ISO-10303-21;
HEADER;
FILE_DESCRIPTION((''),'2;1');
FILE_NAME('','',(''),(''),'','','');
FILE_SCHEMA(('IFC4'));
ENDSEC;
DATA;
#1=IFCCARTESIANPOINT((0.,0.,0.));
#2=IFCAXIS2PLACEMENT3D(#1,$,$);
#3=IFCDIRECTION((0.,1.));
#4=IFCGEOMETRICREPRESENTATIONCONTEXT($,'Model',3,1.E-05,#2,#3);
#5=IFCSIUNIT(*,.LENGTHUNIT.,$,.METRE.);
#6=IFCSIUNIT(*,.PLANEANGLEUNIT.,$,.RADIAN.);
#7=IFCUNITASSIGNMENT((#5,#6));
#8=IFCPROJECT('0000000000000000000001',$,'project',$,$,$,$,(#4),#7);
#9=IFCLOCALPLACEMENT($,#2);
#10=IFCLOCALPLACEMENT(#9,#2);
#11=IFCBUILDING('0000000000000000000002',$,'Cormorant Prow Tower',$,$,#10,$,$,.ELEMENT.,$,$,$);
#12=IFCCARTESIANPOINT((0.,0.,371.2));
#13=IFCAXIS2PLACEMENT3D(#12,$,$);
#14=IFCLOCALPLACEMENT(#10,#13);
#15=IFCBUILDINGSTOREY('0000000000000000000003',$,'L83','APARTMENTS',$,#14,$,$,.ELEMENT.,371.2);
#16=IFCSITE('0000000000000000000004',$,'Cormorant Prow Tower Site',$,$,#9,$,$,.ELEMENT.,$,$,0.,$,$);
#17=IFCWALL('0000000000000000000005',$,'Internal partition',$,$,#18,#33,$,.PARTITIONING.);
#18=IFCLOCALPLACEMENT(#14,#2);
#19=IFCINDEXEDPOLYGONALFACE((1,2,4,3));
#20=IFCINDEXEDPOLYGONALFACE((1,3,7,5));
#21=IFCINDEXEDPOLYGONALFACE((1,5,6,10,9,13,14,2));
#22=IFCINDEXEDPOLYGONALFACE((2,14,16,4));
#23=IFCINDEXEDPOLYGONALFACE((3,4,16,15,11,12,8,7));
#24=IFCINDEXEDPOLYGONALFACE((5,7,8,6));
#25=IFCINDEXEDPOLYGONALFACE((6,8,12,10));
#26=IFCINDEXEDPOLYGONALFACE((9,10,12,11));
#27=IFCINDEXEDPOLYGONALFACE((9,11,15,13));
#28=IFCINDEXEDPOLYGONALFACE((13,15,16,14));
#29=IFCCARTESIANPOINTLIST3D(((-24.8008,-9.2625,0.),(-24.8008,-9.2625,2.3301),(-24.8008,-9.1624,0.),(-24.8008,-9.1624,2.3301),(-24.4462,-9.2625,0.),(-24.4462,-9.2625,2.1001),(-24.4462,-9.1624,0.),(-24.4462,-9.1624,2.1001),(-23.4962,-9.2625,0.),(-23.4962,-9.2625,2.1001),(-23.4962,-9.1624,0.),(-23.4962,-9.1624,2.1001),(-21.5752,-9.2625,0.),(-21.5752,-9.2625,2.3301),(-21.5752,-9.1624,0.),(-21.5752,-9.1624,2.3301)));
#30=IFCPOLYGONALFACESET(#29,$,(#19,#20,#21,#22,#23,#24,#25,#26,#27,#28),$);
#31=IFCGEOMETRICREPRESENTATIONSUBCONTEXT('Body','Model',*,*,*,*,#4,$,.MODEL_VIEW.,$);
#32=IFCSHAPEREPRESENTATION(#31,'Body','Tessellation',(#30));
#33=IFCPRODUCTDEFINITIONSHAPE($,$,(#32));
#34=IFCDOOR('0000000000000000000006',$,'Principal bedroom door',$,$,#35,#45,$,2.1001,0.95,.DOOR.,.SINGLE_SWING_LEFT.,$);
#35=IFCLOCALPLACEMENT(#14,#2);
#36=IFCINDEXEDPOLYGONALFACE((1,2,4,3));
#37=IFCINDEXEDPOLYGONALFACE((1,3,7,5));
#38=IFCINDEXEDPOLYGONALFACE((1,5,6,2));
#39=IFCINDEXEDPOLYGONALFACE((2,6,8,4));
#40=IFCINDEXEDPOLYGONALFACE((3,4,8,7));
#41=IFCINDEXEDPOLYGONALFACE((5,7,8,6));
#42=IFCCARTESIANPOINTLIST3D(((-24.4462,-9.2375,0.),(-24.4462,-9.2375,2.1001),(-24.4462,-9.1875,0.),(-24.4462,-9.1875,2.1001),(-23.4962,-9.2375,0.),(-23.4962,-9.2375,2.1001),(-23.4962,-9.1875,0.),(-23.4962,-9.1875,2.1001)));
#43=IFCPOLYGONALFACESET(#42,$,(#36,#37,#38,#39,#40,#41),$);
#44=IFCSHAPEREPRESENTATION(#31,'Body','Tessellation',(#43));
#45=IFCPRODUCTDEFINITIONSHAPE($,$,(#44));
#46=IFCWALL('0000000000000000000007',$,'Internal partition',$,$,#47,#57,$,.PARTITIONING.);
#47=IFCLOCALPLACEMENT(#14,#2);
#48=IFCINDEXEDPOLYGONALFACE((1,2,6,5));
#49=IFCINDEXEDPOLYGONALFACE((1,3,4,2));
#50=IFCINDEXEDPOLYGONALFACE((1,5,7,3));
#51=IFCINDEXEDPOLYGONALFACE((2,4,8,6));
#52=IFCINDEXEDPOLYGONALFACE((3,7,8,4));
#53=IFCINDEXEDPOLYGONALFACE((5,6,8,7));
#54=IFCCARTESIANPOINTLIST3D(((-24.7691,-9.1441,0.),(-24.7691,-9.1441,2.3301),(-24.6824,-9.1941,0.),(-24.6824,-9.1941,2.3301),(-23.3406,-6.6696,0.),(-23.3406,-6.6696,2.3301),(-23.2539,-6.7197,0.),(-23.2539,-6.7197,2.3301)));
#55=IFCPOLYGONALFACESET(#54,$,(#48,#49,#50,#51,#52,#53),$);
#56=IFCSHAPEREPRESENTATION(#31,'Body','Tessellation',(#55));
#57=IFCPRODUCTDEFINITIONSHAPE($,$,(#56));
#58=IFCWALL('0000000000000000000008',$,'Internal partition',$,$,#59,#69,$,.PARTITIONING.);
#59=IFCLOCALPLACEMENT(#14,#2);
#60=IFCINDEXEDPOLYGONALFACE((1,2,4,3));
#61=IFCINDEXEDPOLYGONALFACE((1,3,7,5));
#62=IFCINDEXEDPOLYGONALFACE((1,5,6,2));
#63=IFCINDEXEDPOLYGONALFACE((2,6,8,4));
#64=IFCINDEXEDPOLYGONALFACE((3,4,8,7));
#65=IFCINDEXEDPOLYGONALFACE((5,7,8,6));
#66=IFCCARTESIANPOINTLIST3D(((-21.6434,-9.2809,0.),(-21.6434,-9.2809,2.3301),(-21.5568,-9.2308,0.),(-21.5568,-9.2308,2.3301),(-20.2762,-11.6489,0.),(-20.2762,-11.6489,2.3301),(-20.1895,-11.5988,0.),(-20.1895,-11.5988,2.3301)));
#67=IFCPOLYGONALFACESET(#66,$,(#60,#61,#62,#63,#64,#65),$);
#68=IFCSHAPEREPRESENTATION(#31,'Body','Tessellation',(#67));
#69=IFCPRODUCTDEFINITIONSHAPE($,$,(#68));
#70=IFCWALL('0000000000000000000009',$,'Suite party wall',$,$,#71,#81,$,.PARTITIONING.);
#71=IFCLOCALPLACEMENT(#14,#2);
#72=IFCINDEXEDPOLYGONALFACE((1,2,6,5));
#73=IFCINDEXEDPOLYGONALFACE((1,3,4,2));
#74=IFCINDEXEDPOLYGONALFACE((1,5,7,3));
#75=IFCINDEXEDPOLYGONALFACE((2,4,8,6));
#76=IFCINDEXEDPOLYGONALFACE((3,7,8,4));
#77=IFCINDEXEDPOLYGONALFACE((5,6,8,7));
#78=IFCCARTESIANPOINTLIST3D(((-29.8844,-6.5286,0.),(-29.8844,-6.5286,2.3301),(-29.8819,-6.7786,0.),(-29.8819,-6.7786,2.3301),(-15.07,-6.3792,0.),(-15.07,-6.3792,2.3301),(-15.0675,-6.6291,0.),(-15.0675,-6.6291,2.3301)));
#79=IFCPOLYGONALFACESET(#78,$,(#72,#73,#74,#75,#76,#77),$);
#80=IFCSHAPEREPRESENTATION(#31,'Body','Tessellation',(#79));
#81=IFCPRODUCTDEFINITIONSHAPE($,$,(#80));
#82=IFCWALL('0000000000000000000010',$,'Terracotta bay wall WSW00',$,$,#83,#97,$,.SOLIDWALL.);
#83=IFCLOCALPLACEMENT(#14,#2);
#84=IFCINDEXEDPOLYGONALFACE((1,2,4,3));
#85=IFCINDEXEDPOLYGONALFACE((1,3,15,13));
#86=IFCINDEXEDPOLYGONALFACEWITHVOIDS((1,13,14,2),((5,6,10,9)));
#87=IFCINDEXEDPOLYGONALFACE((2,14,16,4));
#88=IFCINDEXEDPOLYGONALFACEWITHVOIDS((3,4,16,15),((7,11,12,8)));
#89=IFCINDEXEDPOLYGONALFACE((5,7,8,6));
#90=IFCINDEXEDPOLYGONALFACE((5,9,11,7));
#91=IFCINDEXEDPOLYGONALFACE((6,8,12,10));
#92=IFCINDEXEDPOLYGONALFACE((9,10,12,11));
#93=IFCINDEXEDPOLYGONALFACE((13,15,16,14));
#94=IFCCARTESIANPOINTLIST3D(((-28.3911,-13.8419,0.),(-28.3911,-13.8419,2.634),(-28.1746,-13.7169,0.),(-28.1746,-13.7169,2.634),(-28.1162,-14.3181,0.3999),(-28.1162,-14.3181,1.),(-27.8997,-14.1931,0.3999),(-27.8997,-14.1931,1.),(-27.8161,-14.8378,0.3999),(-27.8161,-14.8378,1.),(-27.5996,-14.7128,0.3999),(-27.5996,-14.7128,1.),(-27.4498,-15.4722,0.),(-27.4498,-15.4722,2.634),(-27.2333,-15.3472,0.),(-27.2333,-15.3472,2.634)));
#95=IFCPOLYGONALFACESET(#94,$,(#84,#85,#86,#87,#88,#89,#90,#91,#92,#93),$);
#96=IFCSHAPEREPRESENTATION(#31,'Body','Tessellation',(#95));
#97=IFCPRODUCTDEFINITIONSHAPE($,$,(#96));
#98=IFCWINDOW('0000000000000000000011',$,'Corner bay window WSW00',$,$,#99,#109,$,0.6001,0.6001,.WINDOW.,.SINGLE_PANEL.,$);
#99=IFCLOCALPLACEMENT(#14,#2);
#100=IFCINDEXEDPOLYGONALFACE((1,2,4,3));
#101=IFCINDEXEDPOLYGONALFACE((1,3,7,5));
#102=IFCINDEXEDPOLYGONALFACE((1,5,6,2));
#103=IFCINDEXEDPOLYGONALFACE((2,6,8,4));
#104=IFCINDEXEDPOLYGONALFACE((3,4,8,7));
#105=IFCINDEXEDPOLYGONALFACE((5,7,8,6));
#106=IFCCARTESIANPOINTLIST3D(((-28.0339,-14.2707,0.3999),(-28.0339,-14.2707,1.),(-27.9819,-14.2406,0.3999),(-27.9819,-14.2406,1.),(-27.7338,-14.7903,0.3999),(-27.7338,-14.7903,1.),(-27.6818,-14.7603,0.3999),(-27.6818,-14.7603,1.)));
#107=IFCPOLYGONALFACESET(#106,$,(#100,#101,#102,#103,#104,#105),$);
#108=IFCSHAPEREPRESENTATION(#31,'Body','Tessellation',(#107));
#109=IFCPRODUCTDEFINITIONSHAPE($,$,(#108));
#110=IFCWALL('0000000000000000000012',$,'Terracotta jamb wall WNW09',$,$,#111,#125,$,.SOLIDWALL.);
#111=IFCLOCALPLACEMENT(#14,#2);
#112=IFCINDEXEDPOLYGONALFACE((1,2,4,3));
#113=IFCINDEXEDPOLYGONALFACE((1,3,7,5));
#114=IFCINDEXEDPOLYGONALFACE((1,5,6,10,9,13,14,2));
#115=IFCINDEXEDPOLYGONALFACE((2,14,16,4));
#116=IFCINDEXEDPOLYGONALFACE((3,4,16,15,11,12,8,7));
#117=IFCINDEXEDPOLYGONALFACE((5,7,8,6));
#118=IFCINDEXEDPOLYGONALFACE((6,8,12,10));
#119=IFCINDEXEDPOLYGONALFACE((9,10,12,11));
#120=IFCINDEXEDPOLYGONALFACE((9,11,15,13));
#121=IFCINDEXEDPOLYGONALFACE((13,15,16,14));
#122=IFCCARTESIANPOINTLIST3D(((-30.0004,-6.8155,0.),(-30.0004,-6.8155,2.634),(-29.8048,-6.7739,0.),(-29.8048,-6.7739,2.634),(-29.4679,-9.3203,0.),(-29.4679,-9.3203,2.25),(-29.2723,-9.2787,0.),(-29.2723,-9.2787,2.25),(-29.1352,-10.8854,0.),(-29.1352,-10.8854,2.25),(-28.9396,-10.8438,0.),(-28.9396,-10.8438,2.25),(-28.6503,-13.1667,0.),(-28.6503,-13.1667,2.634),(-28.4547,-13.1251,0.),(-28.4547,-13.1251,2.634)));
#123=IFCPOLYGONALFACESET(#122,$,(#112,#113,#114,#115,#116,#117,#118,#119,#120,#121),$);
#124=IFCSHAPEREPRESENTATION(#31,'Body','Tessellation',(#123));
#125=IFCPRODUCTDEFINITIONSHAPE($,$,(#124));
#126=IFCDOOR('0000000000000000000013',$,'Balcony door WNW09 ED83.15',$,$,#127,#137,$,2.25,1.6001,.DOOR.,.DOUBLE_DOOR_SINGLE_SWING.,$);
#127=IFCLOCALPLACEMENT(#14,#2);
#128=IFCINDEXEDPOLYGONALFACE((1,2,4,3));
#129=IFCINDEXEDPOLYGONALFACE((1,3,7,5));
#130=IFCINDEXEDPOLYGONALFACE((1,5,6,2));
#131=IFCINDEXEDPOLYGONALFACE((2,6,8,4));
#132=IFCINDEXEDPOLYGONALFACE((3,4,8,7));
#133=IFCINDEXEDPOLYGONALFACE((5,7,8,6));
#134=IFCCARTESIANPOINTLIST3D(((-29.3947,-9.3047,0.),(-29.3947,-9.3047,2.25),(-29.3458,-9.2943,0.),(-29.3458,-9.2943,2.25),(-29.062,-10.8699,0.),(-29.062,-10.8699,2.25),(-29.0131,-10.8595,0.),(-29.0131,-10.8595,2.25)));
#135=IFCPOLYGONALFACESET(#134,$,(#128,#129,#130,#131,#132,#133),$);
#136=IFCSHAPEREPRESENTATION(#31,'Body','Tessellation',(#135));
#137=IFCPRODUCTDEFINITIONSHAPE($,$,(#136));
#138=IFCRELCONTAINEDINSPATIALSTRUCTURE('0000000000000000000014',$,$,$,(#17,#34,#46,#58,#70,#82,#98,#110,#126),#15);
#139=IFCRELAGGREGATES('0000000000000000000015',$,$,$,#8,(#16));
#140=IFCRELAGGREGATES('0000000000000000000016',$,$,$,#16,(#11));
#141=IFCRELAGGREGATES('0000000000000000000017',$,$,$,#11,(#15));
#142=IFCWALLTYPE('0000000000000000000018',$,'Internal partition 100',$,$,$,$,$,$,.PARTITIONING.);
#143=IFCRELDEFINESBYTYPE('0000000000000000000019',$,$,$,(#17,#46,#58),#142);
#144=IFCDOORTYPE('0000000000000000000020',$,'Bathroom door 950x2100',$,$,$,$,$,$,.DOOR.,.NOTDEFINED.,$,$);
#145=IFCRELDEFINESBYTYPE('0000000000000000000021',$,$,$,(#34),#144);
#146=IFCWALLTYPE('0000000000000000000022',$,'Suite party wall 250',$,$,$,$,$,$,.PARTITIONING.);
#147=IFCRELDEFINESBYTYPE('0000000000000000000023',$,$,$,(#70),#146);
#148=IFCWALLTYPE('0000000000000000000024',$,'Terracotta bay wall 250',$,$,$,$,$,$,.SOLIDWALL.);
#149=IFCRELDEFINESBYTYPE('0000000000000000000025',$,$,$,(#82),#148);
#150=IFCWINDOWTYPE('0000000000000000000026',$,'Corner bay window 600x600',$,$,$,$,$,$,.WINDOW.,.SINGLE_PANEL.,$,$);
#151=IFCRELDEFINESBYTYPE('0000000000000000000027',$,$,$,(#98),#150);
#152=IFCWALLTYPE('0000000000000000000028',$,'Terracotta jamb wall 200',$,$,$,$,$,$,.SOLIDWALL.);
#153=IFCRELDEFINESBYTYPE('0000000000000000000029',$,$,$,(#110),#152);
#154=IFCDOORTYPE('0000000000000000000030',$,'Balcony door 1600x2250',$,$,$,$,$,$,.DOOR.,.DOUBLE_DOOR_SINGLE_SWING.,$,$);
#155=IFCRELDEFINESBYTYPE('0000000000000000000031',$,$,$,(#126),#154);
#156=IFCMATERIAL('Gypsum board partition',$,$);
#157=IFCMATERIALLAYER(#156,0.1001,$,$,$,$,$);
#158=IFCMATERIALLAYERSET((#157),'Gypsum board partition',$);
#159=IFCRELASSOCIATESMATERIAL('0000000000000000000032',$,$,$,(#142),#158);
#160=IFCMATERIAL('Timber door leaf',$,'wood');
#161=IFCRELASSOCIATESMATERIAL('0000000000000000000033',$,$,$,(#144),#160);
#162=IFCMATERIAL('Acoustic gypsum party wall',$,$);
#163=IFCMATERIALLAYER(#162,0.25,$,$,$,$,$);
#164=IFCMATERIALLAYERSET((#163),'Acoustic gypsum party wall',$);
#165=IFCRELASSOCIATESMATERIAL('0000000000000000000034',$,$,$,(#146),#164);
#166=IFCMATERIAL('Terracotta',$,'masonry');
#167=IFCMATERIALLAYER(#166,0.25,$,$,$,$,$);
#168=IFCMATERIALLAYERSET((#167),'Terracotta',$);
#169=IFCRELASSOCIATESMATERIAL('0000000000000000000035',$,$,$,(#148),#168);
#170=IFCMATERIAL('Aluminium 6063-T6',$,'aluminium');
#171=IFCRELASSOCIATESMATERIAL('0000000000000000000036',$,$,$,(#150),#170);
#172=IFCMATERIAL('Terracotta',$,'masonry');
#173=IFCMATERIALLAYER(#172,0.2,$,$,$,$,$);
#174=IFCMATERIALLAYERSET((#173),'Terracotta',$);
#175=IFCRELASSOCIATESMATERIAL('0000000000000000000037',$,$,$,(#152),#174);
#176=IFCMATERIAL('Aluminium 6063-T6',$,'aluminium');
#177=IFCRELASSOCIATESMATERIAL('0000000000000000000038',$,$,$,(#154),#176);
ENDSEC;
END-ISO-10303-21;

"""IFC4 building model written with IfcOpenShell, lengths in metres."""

from ifc_helpers import new_model, si_unit, direction, frame, frame_2d, origin, place, context, subcontext, project, spatial, rectangle, extrude, material, layer, layer_set, type_object, element, fill, save


model = new_model("IFC4")

# Units and contexts
model_context = context("Model", 3, precision=1e-05, world=origin(), true_north=direction((0.0, 1.0)))
body_context = subcontext(model_context, "Body", "Model", "MODEL_VIEW")
ifc_project = project(units=[si_unit("LENGTHUNIT", "METRE"), si_unit("PLANEANGLEUNIT", "RADIAN")], contexts=[model_context])

# Site, building, storey
site_placement = place(None, origin())
site = spatial("IfcSite", under=ifc_project, at=site_placement, Name="Cormorant Prow Tower Site", CompositionType="ELEMENT", RefElevation=0.0)
building_placement = place(site_placement, origin())
building = spatial("IfcBuilding", under=site, at=building_placement, Name="Cormorant Prow Tower", CompositionType="ELEMENT")
storey_placement = place(building_placement, frame((0.0, 0.0, 371.2)))
storey = spatial("IfcBuildingStorey", under=building, at=storey_placement, Name="L83", Description="APARTMENTS", CompositionType="ELEMENT", Elevation=371.2)

# Wall, opening, door
ifc_material_1 = material(Name="Gypsum board partition")
ifc_layer_1 = layer(ifc_material_1, 0.1001)
ifc_layer_set_1 = layer_set([ifc_layer_1], Name="Gypsum board partition")
wall_type_1 = type_object("IfcWallType", Name="Internal partition 100", PredefinedType="PARTITIONING", material=ifc_layer_set_1)
ifc_material_2 = material(Name="Timber door leaf", Category="wood")
door_type_1 = type_object("IfcDoorType", Name="Bathroom door 950x2100", OperationType="NOTDEFINED", PredefinedType="DOOR", material=ifc_material_2)
wall_1_placement = place(storey_placement, frame((-24.8008, -9.2124, 0.0), z_axis=(0.0, 0.0, 1.0), x_axis=(1.0, 0.0, 0.0)))
wall_1 = element("IfcWall", 1, at=wall_1_placement, inside=storey, type_object=wall_type_1, Name="Internal partition", PredefinedType="PARTITIONING", context=body_context, shape_type="SweptSolid", body=[
    extrude(rectangle(XDim=3.2256, YDim=0.1001, at=frame_2d((1.6128, 0.0))), origin(), (0.0, 0.0, 1.0), 2.3301),
])
opening_1_placement = place(wall_1_placement, frame((0.3545, 0.0, 0.0)))
opening_1 = element("IfcOpeningElement", 2, at=opening_1_placement, cuts=wall_1, PredefinedType="OPENING", context=body_context, shape_type="SweptSolid", body=[
    extrude(rectangle(XDim=0.95, YDim=2.1001, at=frame_2d((0.4751, 1.05))), frame((0.0, 0.0601, 0.0), z_axis=(0.0, -1.0, 0.0), x_axis=(1.0, 0.0, 0.0)), (0.0, 0.0, 1.0), 0.1201),
])
door_1_placement = place(opening_1_placement, origin())
door_1 = element("IfcDoor", 3, at=door_1_placement, inside=storey, type_object=door_type_1, Name="Principal bedroom door", OperationType="SINGLE_SWING_LEFT", OverallHeight=2.1001, OverallWidth=0.95, PredefinedType="DOOR", context=body_context, shape_type="SweptSolid", body=[
    extrude(rectangle(XDim=0.95, YDim=2.1001, at=frame_2d((0.4751, 1.05))), frame((0.0, 0.0249, 0.0), z_axis=(0.0, -1.0, 0.0), x_axis=(1.0, 0.0, 0.0)), (0.0, 0.0, 1.0), 0.05),
])
fill(opening_1, door_1)

# Walls
wall_2_placement = place(storey_placement, frame((-24.7258, -9.1692, 0.0), z_axis=(0.0, 0.0, 1.0), x_axis=(0.499971, 0.866042, 0.0)))
element("IfcWall", 4, at=wall_2_placement, inside=storey, type_object=wall_type_1, Name="Internal partition", PredefinedType="PARTITIONING", context=body_context, shape_type="SweptSolid", body=[
    extrude(rectangle(XDim=2.8572, YDim=0.1001, at=frame_2d((1.4287, 0.0))), origin(), (0.0, 0.0, 1.0), 2.3301),
])
wall_3_placement = place(storey_placement, frame((-21.6001, -9.2559, 0.0), z_axis=(0.0, 0.0, 1.0), x_axis=(0.500019, -0.866015, 0.0)))
element("IfcWall", 5, at=wall_3_placement, inside=storey, type_object=wall_type_1, Name="Internal partition", PredefinedType="PARTITIONING", context=body_context, shape_type="SweptSolid", body=[
    extrude(rectangle(XDim=2.7344, YDim=0.1001, at=frame_2d((1.3672, 0.0))), origin(), (0.0, 0.0, 1.0), 2.3301),
])
ifc_material_3 = material(Name="Acoustic gypsum party wall")
ifc_layer_2 = layer(ifc_material_3, 0.25)
ifc_layer_set_2 = layer_set([ifc_layer_2], Name="Acoustic gypsum party wall")
wall_type_2 = type_object("IfcWallType", Name="Suite party wall 250", PredefinedType="PARTITIONING", material=ifc_layer_set_2)
wall_4_placement = place(storey_placement, frame((-29.8833, -6.6536, 0.0), z_axis=(0.0, 0.0, 1.0), x_axis=(0.999949, 0.010085, 0.0)))
element("IfcWall", 6, at=wall_4_placement, inside=storey, type_object=wall_type_2, Name="Suite party wall", PredefinedType="PARTITIONING", context=body_context, shape_type="SweptSolid", body=[
    extrude(rectangle(XDim=14.8152, YDim=0.25, at=frame_2d((7.4077, 0.0))), origin(), (0.0, 0.0, 1.0), 2.3301),
])

# Wall, opening, window
ifc_material_4 = material(Name="Terracotta", Category="masonry")
ifc_layer_3 = layer(ifc_material_4, 0.25)
ifc_layer_set_3 = layer_set([ifc_layer_3], Name="Terracotta")
wall_type_3 = type_object("IfcWallType", Name="Terracotta bay wall 250", PredefinedType="SOLIDWALL", material=ifc_layer_set_3)
wall_5_placement = place(storey_placement, frame((-28.283, -13.7793, 0.0), z_axis=(0.0, 0.0, 1.0), x_axis=(0.500044, -0.866, 0.0)))
wall_5 = element("IfcWall", 7, at=wall_5_placement, inside=storey, type_object=wall_type_3, Name="Terracotta bay wall WSW00", PredefinedType="SOLIDWALL", context=body_context, shape_type="SweptSolid", body=[
    extrude(rectangle(XDim=1.8826, YDim=0.25, at=frame_2d((0.9414, 0.0))), origin(), (0.0, 0.0, 1.0), 2.634),
])
opening_2_placement = place(wall_5_placement, frame((0.55, 0.0, 0.3999)))
opening_2 = element("IfcOpeningElement", 8, at=opening_2_placement, cuts=wall_5, PredefinedType="OPENING", context=body_context, shape_type="SweptSolid", body=[
    extrude(rectangle(XDim=0.6001, YDim=0.6001, at=frame_2d((0.3, 0.3))), frame((0.0, 0.135, 0.0), z_axis=(0.0, -1.0, 0.0), x_axis=(1.0, 0.0, 0.0)), (0.0, 0.0, 1.0), 0.27),
])
ifc_material_5 = material(Name="Aluminium 6063-T6", Category="aluminium")
window_type = type_object("IfcWindowType", Name="Corner bay window 600x600", PartitioningType="SINGLE_PANEL", PredefinedType="WINDOW", material=ifc_material_5)
window_placement = place(opening_2_placement, origin())
window = element("IfcWindow", 9, at=window_placement, inside=storey, type_object=window_type, Name="Corner bay window WSW00", OverallHeight=0.6001, OverallWidth=0.6001, PartitioningType="SINGLE_PANEL", PredefinedType="WINDOW", context=body_context, shape_type="SweptSolid", body=[
    extrude(rectangle(XDim=0.6001, YDim=0.6001, at=frame_2d((0.3, 0.3))), frame((0.0, 0.03, 0.0), z_axis=(0.0, -1.0, 0.0), x_axis=(1.0, 0.0, 0.0)), (0.0, 0.0, 1.0), 0.0601),
])
fill(opening_2, window)

# Wall, opening, door
ifc_material_6 = material(Name="Terracotta", Category="masonry")
ifc_layer_4 = layer(ifc_material_6, 0.2)
ifc_layer_set_4 = layer_set([ifc_layer_4], Name="Terracotta")
wall_type_4 = type_object("IfcWallType", Name="Terracotta jamb wall 200", PredefinedType="SOLIDWALL", material=ifc_layer_set_4)
wall_6_placement = place(storey_placement, frame((-29.9026, -6.7947, 0.0), z_axis=(0.0, 0.0, 1.0), x_axis=(0.207924, -0.978145, 0.0)))
wall_6 = element("IfcWall", 10, at=wall_6_placement, inside=storey, type_object=wall_type_4, Name="Terracotta jamb wall WNW09", PredefinedType="SOLIDWALL", context=body_context, shape_type="SweptSolid", body=[
    extrude(rectangle(XDim=6.4932, YDim=0.2, at=frame_2d((3.2466, 0.0))), origin(), (0.0, 0.0, 1.0), 2.634),
])
opening_3_placement = place(wall_6_placement, frame((2.5608, 0.0, 0.0)))
opening_3 = element("IfcOpeningElement", 11, at=opening_3_placement, cuts=wall_6, PredefinedType="OPENING", context=body_context, shape_type="SweptSolid", body=[
    extrude(rectangle(XDim=1.6001, YDim=2.25, at=frame_2d((0.8, 1.125))), frame((0.0, 0.1099, 0.0), z_axis=(0.0, -1.0, 0.0), x_axis=(1.0, 0.0, 0.0)), (0.0, 0.0, 1.0), 0.22),
])
ifc_material_7 = material(Name="Aluminium 6063-T6", Category="aluminium")
door_type_2 = type_object("IfcDoorType", Name="Balcony door 1600x2250", OperationType="DOUBLE_DOOR_SINGLE_SWING", PredefinedType="DOOR", material=ifc_material_7)
door_2_placement = place(opening_3_placement, origin())
door_2 = element("IfcDoor", 12, at=door_2_placement, inside=storey, type_object=door_type_2, Name="Balcony door WNW09 ED83.15", OperationType="DOUBLE_DOOR_SINGLE_SWING", OverallHeight=2.25, OverallWidth=1.6001, PredefinedType="DOOR", context=body_context, shape_type="SweptSolid", body=[
    extrude(rectangle(XDim=1.6001, YDim=2.25, at=frame_2d((0.8, 1.125))), frame((0.0, 0.0249, 0.0), z_axis=(0.0, -1.0, 0.0), x_axis=(1.0, 0.0, 0.0)), (0.0, 0.0, 1.0), 0.05),
])
fill(opening_3, door_2)

save(model, "model.ifc")
